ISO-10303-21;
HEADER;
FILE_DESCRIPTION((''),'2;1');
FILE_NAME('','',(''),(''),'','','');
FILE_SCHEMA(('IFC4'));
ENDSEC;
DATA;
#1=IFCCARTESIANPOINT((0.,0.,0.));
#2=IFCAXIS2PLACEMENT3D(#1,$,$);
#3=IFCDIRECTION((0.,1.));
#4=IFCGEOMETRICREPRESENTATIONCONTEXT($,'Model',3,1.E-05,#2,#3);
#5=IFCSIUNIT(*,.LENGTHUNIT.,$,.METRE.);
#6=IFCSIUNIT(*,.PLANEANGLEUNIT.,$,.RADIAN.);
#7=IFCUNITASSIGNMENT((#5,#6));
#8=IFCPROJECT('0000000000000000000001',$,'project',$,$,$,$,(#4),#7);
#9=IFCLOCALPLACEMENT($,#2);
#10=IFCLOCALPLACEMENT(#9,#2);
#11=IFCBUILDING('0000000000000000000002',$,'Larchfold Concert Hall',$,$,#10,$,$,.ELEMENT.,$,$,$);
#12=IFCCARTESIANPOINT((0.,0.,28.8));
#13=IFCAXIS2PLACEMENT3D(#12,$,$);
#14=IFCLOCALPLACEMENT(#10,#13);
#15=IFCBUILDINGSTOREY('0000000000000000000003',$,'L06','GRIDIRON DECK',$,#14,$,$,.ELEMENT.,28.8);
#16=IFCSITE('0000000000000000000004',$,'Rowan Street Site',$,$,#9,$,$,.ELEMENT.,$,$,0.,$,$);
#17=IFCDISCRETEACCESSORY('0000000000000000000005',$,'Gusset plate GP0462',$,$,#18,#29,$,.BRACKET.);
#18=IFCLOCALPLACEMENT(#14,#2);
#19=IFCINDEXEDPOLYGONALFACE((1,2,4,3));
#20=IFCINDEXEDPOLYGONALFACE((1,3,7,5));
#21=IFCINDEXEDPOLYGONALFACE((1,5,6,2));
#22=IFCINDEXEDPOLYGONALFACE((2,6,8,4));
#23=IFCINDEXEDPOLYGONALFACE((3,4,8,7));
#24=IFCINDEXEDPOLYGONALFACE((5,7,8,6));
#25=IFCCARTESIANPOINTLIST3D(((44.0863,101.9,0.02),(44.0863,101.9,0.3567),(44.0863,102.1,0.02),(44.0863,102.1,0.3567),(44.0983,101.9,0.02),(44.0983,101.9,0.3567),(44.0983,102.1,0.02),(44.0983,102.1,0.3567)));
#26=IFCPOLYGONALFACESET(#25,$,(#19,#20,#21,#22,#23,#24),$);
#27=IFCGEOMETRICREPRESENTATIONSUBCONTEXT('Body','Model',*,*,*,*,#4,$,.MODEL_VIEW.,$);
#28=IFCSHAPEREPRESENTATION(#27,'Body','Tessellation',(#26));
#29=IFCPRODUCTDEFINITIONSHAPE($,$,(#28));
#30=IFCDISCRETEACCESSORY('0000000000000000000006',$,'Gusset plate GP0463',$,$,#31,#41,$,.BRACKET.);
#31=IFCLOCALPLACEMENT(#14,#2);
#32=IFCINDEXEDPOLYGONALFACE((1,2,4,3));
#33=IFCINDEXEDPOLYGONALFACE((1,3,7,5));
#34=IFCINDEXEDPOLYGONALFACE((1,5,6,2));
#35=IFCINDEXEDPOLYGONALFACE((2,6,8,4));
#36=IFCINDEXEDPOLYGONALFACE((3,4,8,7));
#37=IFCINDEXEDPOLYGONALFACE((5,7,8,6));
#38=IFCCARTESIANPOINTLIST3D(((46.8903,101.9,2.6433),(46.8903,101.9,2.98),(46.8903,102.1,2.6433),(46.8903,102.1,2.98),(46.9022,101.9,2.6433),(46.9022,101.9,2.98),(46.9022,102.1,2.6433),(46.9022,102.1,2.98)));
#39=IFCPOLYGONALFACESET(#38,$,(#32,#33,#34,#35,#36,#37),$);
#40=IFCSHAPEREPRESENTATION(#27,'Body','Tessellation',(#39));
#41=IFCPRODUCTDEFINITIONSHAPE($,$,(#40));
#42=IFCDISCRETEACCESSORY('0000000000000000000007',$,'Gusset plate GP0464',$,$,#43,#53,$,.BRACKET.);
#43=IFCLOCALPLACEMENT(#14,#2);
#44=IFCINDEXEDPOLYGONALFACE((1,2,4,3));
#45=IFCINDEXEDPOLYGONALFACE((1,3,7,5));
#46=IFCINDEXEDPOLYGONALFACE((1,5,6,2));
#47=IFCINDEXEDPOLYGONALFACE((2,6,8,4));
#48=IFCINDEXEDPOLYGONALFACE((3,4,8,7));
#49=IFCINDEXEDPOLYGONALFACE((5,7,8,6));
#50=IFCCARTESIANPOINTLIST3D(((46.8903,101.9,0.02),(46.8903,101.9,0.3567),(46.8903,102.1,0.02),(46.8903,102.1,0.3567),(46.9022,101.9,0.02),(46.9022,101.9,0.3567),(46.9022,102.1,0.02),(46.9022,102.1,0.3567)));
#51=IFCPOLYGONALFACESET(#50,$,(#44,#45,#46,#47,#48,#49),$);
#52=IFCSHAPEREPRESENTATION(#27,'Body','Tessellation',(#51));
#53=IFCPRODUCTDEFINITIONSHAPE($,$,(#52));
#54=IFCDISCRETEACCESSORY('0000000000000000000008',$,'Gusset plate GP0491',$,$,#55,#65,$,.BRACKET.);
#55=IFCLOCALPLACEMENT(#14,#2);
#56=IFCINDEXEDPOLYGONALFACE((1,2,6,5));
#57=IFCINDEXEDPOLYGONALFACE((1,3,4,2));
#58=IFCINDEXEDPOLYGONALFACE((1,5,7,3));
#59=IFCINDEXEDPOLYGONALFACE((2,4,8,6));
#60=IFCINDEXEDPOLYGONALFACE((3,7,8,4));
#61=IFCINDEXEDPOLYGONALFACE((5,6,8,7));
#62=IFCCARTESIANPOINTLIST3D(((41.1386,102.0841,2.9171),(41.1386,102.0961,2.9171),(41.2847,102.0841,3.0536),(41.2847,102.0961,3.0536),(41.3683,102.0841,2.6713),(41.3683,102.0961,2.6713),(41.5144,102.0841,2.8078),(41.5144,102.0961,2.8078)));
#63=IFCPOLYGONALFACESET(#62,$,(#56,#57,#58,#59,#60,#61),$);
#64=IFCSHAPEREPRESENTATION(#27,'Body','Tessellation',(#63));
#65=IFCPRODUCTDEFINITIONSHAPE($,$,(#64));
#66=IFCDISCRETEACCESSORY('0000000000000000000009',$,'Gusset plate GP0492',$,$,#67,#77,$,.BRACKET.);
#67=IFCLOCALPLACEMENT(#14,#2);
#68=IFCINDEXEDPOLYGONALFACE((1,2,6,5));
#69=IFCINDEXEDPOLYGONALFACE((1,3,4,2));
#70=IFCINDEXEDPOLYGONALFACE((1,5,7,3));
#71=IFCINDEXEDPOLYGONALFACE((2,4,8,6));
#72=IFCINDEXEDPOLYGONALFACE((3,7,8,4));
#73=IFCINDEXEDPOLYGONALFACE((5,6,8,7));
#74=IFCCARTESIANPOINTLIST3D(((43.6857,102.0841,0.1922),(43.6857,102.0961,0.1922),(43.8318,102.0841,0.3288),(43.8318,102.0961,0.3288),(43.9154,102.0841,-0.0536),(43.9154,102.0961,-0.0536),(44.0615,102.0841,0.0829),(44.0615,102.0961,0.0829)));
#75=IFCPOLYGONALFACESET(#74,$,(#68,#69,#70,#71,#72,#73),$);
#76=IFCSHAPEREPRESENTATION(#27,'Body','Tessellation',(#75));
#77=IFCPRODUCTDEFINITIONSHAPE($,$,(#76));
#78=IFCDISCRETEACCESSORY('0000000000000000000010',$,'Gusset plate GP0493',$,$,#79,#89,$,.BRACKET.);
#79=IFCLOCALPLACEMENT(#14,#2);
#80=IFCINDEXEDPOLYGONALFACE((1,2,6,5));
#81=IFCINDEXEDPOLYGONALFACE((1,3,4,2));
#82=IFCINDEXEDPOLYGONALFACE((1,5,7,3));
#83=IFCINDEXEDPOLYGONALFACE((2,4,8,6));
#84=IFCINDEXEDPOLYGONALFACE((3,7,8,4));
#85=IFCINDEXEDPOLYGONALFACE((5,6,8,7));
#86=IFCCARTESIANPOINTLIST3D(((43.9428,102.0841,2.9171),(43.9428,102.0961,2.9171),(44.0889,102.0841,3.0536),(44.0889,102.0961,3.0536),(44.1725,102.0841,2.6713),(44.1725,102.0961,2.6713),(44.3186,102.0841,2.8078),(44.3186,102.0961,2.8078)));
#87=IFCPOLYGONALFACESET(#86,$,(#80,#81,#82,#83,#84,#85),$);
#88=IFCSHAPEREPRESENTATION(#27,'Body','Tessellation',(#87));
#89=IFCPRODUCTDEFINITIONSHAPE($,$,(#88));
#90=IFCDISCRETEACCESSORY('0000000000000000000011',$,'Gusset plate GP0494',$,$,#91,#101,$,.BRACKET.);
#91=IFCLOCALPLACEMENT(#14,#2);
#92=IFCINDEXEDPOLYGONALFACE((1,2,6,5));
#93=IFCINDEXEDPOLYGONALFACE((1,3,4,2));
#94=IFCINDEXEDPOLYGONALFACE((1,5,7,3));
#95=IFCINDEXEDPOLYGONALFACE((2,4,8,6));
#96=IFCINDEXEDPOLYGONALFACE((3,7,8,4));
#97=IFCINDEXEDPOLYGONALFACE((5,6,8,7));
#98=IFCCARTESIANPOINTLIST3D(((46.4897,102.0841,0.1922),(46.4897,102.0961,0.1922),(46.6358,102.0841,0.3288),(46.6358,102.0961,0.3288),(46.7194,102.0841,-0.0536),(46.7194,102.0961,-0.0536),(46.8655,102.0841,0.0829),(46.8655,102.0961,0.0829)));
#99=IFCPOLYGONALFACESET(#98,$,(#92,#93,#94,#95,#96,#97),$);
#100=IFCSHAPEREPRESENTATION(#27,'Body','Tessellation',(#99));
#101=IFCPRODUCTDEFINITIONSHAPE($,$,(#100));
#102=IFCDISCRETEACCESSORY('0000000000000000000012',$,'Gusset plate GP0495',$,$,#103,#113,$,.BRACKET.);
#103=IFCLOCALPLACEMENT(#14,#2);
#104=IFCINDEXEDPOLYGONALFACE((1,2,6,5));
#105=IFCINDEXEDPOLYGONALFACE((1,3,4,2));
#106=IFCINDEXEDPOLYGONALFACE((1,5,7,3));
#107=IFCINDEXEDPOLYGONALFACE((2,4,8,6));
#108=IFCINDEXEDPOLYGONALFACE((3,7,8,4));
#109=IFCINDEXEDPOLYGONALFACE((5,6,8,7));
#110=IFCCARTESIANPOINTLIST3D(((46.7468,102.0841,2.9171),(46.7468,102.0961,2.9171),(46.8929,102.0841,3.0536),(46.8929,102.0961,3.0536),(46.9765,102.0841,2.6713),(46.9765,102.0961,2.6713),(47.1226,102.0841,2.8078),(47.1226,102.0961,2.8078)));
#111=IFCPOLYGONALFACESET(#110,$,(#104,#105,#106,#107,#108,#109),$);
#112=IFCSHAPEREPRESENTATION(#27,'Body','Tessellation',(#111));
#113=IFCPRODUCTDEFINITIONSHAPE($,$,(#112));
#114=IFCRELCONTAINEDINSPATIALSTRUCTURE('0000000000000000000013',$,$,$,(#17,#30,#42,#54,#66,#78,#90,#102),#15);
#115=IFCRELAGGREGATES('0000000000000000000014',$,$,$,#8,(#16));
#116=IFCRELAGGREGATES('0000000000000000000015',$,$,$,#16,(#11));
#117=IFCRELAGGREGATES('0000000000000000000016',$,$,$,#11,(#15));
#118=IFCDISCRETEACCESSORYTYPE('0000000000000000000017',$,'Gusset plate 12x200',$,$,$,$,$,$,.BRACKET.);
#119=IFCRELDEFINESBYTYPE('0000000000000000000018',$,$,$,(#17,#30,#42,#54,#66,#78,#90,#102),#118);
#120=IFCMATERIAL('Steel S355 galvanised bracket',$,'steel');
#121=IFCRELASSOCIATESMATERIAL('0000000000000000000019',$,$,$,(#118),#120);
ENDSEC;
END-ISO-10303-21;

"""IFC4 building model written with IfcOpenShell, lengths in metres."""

from ifc_helpers import new_model, si_unit, direction, frame, origin, origin_2d, place, context, subcontext, project, spatial, rectangle, extrude, material, material_profile, profile_set, type_object, element, save


model = new_model("IFC4")

# Units and contexts
model_context = context("Model", 3, precision=1e-05, world=origin(), true_north=direction((0.0, 1.0)))
body_context = subcontext(model_context, "Body", "Model", "MODEL_VIEW")
ifc_project = project(units=[si_unit("LENGTHUNIT", "METRE"), si_unit("PLANEANGLEUNIT", "RADIAN")], contexts=[model_context])

# Site, building, storey
site_placement = place(None, origin())
site = spatial("IfcSite", under=ifc_project, at=site_placement, Name="Rowan Street Site", CompositionType="ELEMENT", RefElevation=0.0)
building_placement = place(site_placement, origin())
building = spatial("IfcBuilding", under=site, at=building_placement, Name="Larchfold Concert Hall", CompositionType="ELEMENT")
storey_placement = place(building_placement, frame((0.0, 0.0, 28.8)))
storey = spatial("IfcBuildingStorey", under=building, at=storey_placement, Name="L06", Description="GRIDIRON DECK", CompositionType="ELEMENT", Elevation=28.8)

# Discrete accessories
ifc_material_1 = material(Name="Steel S355 galvanised bracket", Category="steel")
ifc_material_profile_1 = material_profile(ifc_material_1, rectangle(XDim=0.012, YDim=0.2, at=origin_2d()))
ifc_profile_set_1 = profile_set([ifc_material_profile_1], Name="Steel S355 galvanised bracket")
discrete_accessory_type = type_object("IfcDiscreteAccessoryType", Name="Gusset plate 12x200", PredefinedType="BRACKET", material=ifc_profile_set_1)
for number, where, z_axis, x_axis, name in (
    (1, (44.0923, 102.0, 0.3567), (0.0, 0.0, -1.0), (1.0, 0.0, 0.0), "Gusset plate GP0462"),
    (2, (46.8962, 102.0, 2.98), (0.0, 0.0, -1.0), (1.0, 0.0, 0.0), "Gusset plate GP0463"),
    (3, (46.8962, 102.0, 0.3567), (0.0, 0.0, -1.0), (1.0, 0.0, 0.0), "Gusset plate GP0464"),
):
    element("IfcDiscreteAccessory", number, at=place(storey_placement, frame(where, z_axis=z_axis, x_axis=x_axis)), inside=storey, type_object=discrete_accessory_type, Name=name, PredefinedType="BRACKET", context=body_context, shape_type="SweptSolid", body=[
        extrude(rectangle(XDim=0.012, YDim=0.2, at=origin_2d()), origin(), (0.0, 0.0, 1.0), 0.3367),
    ])
for number, where, z_axis, x_axis, name in (
    (4, (41.2117, 102.0901, 2.9854), (0.682758, 0.0, -0.730645), (0.0, 1.0, 0.0), "Gusset plate GP0491"),
    (5, (43.7588, 102.0901, 0.2605), (0.682758, 0.0, -0.730645), (0.0, 1.0, 0.0), "Gusset plate GP0492"),
    (6, (44.0159, 102.0901, 2.9854), (0.682758, 0.0, -0.730645), (0.0, 1.0, 0.0), "Gusset plate GP0493"),
    (7, (46.5627, 102.0901, 0.2605), (0.682758, 0.0, -0.730645), (0.0, 1.0, 0.0), "Gusset plate GP0494"),
    (8, (46.8198, 102.0901, 2.9854), (0.682758, 0.0, -0.730645), (0.0, 1.0, 0.0), "Gusset plate GP0495"),
):
    element("IfcDiscreteAccessory", number, at=place(storey_placement, frame(where, z_axis=z_axis, x_axis=x_axis)), inside=storey, type_object=discrete_accessory_type, Name=name, PredefinedType="BRACKET", context=body_context, shape_type="SweptSolid", body=[
        extrude(rectangle(XDim=0.012, YDim=0.2, at=origin_2d()), origin(), (0.0, 0.0, 1.0), 0.3364),
    ])

save(model, "model.ifc")
